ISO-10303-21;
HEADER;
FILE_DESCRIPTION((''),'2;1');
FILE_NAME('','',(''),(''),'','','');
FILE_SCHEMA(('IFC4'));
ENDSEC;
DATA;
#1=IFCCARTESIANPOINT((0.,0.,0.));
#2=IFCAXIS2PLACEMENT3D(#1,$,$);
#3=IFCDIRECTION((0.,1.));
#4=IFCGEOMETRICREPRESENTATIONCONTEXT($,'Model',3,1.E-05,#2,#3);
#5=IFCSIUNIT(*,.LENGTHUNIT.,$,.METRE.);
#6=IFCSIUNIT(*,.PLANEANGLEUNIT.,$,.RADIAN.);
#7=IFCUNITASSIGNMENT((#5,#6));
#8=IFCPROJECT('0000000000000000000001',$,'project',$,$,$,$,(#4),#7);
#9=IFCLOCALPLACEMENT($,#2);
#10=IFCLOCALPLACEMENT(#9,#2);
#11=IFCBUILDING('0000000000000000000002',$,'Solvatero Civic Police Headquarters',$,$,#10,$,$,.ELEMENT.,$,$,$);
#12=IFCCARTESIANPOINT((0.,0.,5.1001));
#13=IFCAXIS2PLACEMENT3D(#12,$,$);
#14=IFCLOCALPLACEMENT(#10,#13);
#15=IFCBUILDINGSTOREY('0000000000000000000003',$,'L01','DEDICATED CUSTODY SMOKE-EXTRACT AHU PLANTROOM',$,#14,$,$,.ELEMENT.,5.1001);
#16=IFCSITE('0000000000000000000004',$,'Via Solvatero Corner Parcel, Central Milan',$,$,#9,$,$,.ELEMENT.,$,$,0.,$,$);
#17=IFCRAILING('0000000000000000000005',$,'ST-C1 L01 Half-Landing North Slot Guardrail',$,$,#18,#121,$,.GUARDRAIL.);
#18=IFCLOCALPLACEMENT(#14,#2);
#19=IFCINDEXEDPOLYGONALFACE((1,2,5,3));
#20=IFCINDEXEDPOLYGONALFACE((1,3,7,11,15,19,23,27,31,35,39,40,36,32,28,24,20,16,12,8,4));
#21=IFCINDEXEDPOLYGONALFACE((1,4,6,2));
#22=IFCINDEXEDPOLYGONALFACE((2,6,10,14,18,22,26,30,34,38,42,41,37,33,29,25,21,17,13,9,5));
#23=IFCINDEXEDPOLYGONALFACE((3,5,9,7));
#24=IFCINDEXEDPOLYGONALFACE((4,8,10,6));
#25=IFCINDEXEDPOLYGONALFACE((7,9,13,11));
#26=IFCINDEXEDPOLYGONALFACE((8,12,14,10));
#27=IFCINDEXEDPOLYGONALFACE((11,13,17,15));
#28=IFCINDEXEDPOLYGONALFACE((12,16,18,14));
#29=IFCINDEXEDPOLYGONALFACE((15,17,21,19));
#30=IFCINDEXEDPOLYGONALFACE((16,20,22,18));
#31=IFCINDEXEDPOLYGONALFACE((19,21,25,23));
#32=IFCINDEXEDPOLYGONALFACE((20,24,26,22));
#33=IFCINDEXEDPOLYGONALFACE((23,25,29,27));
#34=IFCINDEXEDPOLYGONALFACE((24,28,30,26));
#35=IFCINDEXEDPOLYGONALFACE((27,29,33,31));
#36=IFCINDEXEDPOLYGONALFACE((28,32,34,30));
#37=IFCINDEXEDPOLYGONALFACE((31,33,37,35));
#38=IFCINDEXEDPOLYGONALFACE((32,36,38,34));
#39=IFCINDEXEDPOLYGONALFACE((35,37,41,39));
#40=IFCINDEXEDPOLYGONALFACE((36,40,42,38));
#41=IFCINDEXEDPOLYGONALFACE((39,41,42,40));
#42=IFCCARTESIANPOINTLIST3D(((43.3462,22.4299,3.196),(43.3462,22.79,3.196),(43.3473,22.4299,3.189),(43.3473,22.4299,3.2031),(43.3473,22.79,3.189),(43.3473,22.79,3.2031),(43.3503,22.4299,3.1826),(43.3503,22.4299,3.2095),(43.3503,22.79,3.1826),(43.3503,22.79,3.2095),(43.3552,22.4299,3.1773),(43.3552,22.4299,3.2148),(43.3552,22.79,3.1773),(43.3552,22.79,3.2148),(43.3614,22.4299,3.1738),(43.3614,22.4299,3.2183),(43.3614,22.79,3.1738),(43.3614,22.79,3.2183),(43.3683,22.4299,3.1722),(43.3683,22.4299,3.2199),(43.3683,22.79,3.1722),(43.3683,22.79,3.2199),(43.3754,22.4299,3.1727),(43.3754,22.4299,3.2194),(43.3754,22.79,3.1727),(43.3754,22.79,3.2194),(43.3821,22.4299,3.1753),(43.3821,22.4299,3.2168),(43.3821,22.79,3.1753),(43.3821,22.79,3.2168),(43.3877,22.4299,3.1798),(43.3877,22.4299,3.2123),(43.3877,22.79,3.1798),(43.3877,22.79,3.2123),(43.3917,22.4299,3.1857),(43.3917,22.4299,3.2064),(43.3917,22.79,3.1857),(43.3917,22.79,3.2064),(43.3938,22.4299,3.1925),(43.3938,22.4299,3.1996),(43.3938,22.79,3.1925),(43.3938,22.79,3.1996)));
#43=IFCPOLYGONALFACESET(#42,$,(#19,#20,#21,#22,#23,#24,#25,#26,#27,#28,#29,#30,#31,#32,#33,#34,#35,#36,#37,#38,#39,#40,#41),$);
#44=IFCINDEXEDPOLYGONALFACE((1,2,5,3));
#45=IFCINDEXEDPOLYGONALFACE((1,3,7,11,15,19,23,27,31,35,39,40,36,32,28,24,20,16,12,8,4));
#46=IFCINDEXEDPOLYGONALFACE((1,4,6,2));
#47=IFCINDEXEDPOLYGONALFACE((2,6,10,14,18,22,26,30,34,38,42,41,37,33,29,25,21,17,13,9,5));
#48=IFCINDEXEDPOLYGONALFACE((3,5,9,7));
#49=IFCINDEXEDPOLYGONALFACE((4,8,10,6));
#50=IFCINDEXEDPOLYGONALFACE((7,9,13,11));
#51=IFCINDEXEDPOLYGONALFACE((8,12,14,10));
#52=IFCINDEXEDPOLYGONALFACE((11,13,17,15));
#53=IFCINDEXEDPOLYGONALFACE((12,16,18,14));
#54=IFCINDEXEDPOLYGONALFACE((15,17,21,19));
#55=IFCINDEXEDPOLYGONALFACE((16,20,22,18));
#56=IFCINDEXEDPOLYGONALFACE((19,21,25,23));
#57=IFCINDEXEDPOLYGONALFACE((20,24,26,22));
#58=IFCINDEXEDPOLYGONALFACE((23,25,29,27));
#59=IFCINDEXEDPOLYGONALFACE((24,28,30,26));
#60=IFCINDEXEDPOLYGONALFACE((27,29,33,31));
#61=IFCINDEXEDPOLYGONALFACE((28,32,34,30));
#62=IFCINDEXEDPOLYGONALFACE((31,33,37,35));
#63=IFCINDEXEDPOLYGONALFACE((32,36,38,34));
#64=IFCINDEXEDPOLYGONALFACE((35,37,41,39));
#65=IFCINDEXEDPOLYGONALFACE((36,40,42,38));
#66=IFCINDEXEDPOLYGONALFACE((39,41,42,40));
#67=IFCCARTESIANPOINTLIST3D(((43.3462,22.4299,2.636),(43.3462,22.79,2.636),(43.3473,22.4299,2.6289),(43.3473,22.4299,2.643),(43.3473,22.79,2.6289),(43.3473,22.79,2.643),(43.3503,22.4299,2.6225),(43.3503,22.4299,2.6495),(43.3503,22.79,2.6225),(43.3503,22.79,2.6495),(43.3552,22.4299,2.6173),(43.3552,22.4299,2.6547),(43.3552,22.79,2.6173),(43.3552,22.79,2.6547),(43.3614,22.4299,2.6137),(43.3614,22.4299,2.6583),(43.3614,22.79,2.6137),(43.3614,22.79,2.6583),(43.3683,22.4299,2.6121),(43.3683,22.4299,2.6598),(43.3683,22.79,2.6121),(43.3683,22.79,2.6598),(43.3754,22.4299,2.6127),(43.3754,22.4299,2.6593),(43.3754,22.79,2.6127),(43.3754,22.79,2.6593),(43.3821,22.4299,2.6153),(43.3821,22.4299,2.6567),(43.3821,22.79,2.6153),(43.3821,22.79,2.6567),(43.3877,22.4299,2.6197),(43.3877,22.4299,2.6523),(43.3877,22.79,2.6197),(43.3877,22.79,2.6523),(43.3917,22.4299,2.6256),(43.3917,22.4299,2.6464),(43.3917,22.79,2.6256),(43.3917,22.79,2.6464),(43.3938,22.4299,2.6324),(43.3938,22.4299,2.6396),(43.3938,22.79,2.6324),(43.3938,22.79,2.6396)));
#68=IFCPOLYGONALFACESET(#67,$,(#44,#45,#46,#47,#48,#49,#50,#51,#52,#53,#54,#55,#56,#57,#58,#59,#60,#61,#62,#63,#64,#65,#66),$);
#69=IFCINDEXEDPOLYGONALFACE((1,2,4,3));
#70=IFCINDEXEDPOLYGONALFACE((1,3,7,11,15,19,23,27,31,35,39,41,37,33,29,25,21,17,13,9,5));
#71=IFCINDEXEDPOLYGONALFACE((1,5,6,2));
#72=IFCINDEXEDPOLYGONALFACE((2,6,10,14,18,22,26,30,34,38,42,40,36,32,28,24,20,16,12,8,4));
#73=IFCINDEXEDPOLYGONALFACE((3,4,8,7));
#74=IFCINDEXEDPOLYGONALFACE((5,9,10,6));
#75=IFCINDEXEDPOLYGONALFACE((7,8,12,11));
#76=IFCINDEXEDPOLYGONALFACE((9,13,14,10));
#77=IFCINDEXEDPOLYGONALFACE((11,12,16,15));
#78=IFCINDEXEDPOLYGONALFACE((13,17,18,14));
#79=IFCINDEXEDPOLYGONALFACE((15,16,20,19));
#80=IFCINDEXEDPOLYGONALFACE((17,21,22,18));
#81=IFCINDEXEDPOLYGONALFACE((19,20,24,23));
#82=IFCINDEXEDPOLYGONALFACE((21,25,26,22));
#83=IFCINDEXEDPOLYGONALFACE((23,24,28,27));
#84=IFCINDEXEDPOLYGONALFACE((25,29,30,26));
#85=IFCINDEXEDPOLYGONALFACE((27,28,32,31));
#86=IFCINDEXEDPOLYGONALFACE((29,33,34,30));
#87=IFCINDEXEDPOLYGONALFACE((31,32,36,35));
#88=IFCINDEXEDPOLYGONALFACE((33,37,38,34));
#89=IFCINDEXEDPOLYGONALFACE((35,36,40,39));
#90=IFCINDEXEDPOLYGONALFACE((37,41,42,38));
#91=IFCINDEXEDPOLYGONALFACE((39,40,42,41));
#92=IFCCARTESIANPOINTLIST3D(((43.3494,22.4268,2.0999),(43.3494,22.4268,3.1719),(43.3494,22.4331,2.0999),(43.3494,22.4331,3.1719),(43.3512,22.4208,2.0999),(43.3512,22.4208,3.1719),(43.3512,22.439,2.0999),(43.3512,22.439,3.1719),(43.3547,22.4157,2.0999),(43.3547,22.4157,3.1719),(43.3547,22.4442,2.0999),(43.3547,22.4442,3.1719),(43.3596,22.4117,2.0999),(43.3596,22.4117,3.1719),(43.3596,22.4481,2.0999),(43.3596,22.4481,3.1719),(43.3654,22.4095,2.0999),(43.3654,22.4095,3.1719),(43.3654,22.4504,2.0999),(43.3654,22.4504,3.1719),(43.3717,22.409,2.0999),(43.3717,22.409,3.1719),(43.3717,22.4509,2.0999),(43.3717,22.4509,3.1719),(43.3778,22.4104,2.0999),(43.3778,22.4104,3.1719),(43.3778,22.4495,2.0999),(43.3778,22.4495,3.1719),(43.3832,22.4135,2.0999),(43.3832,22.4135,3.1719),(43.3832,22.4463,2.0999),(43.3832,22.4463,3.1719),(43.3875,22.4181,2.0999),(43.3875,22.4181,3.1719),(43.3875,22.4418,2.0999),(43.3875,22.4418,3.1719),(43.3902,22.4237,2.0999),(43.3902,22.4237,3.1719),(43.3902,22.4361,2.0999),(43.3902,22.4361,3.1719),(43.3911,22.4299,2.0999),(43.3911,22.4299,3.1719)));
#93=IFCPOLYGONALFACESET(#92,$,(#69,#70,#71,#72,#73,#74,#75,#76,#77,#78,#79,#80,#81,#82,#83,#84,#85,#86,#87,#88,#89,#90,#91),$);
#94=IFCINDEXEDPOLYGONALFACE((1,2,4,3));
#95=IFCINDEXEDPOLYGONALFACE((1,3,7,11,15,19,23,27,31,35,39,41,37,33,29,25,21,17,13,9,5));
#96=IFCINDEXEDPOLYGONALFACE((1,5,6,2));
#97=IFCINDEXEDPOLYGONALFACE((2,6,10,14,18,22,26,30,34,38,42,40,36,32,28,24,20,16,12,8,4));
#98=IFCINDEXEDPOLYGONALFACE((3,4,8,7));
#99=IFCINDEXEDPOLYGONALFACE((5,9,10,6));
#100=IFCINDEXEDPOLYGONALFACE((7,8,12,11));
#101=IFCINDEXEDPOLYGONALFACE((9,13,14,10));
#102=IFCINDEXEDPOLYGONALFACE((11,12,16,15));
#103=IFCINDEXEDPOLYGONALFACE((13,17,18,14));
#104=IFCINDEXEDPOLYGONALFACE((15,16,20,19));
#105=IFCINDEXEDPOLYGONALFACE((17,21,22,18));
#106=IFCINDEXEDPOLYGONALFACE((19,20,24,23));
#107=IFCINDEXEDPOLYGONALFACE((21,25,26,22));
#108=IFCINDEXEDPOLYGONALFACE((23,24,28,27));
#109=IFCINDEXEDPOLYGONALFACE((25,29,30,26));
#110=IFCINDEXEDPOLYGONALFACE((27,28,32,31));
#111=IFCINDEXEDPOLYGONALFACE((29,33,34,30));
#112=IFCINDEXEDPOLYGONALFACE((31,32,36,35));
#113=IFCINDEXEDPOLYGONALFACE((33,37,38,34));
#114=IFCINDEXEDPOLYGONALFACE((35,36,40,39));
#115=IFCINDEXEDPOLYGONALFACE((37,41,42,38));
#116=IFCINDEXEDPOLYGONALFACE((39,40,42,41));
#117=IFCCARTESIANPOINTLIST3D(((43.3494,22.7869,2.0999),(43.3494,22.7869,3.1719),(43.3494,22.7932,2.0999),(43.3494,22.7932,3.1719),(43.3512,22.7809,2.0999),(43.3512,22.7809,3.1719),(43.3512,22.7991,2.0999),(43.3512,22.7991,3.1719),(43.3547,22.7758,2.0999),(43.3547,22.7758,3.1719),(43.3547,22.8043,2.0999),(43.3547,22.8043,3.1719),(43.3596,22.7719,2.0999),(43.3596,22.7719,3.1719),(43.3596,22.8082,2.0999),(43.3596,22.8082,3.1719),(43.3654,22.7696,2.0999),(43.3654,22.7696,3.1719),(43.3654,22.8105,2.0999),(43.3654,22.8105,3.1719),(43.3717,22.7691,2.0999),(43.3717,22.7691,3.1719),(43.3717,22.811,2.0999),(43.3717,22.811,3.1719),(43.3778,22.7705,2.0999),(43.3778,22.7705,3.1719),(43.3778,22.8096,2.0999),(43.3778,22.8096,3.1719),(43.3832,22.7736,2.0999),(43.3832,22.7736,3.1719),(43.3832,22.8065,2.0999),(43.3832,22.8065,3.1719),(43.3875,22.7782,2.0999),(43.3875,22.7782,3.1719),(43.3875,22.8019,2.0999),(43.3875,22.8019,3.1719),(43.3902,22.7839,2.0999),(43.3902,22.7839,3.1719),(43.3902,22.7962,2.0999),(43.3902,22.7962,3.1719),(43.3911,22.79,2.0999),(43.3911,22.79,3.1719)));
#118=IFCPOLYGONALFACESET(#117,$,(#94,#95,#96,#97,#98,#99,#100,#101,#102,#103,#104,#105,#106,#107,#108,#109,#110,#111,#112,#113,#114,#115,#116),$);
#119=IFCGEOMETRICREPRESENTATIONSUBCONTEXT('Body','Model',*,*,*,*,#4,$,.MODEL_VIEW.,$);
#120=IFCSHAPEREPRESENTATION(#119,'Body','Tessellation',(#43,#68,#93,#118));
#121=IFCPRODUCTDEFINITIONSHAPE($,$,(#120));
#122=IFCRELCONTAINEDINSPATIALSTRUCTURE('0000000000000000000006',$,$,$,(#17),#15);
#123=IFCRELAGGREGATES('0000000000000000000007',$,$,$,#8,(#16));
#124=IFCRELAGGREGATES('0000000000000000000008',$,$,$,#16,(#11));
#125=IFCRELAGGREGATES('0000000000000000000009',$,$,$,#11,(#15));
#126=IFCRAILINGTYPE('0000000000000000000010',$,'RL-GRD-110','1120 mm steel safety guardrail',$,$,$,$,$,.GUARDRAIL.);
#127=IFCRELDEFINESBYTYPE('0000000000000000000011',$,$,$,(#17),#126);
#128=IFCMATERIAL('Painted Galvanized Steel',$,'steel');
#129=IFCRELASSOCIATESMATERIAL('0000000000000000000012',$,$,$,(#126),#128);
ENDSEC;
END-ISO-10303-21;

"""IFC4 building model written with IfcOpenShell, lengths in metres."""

from ifc_helpers import new_model, si_unit, direction, frame, origin, origin_2d, place, context, subcontext, project, spatial, circle, extrude, material, type_object, element, save


model = new_model("IFC4")

# Units and contexts
model_context = context("Model", 3, precision=1e-05, world=origin(), true_north=direction((0.0, 1.0)))
body_context = subcontext(model_context, "Body", "Model", "MODEL_VIEW")
ifc_project = project(units=[si_unit("LENGTHUNIT", "METRE"), si_unit("PLANEANGLEUNIT", "RADIAN")], contexts=[model_context])

# Site, building, storey
site_placement = place(None, origin())
site = spatial("IfcSite", under=ifc_project, at=site_placement, Name="Via Solvatero Corner Parcel, Central Milan", CompositionType="ELEMENT", RefElevation=0.0)
building_placement = place(site_placement, origin())
building = spatial("IfcBuilding", under=site, at=building_placement, Name="Solvatero Civic Police Headquarters", CompositionType="ELEMENT")
storey_placement = place(building_placement, frame((0.0, 0.0, 5.1001)))
storey = spatial("IfcBuildingStorey", under=building, at=storey_placement, Name="L01", Description="DEDICATED CUSTODY SMOKE-EXTRACT AHU PLANTROOM", CompositionType="ELEMENT", Elevation=5.1001)

# Railing
ifc_material_1 = material(Name="Painted Galvanized Steel", Category="steel")
railing_type_1 = type_object("IfcRailingType", Name="RL-GRD-110", Description="1120 mm steel safety guardrail", PredefinedType="GUARDRAIL", material=ifc_material_1)
for number, where, name in (
    (1, (43.3701, 22.4299, 2.0999), "ST-C1 L01 Half-Landing North Slot Guardrail"),
):
    element("IfcRailing", number, at=place(storey_placement, frame(where)), inside=storey, type_object=railing_type_1, Name=name, PredefinedType="GUARDRAIL", context=body_context, shape_type="SweptSolid", body=[
        extrude(circle(Radius=0.0239, at=origin_2d()), frame((0.0, 0.0, 1.0962), z_axis=(0.0, 1.0, 0.0), x_axis=(-1.0, 0.0, 0.0)), (0.0, 0.0, 1.0), 0.3601),
        extrude(circle(Radius=0.0239, at=origin_2d()), frame((0.0, 0.0, 0.5361), z_axis=(0.0, 1.0, 0.0), x_axis=(-1.0, 0.0, 0.0)), (0.0, 0.0, 1.0), 0.3601),
        extrude(circle(Radius=0.021, at=origin_2d()), origin(), (0.0, 0.0, 1.0), 1.072),
        extrude(circle(Radius=0.021, at=origin_2d()), frame((0.0, 0.3601, 0.0)), (0.0, 0.0, 1.0), 1.072),
    ])

save(model, "model.ifc")
